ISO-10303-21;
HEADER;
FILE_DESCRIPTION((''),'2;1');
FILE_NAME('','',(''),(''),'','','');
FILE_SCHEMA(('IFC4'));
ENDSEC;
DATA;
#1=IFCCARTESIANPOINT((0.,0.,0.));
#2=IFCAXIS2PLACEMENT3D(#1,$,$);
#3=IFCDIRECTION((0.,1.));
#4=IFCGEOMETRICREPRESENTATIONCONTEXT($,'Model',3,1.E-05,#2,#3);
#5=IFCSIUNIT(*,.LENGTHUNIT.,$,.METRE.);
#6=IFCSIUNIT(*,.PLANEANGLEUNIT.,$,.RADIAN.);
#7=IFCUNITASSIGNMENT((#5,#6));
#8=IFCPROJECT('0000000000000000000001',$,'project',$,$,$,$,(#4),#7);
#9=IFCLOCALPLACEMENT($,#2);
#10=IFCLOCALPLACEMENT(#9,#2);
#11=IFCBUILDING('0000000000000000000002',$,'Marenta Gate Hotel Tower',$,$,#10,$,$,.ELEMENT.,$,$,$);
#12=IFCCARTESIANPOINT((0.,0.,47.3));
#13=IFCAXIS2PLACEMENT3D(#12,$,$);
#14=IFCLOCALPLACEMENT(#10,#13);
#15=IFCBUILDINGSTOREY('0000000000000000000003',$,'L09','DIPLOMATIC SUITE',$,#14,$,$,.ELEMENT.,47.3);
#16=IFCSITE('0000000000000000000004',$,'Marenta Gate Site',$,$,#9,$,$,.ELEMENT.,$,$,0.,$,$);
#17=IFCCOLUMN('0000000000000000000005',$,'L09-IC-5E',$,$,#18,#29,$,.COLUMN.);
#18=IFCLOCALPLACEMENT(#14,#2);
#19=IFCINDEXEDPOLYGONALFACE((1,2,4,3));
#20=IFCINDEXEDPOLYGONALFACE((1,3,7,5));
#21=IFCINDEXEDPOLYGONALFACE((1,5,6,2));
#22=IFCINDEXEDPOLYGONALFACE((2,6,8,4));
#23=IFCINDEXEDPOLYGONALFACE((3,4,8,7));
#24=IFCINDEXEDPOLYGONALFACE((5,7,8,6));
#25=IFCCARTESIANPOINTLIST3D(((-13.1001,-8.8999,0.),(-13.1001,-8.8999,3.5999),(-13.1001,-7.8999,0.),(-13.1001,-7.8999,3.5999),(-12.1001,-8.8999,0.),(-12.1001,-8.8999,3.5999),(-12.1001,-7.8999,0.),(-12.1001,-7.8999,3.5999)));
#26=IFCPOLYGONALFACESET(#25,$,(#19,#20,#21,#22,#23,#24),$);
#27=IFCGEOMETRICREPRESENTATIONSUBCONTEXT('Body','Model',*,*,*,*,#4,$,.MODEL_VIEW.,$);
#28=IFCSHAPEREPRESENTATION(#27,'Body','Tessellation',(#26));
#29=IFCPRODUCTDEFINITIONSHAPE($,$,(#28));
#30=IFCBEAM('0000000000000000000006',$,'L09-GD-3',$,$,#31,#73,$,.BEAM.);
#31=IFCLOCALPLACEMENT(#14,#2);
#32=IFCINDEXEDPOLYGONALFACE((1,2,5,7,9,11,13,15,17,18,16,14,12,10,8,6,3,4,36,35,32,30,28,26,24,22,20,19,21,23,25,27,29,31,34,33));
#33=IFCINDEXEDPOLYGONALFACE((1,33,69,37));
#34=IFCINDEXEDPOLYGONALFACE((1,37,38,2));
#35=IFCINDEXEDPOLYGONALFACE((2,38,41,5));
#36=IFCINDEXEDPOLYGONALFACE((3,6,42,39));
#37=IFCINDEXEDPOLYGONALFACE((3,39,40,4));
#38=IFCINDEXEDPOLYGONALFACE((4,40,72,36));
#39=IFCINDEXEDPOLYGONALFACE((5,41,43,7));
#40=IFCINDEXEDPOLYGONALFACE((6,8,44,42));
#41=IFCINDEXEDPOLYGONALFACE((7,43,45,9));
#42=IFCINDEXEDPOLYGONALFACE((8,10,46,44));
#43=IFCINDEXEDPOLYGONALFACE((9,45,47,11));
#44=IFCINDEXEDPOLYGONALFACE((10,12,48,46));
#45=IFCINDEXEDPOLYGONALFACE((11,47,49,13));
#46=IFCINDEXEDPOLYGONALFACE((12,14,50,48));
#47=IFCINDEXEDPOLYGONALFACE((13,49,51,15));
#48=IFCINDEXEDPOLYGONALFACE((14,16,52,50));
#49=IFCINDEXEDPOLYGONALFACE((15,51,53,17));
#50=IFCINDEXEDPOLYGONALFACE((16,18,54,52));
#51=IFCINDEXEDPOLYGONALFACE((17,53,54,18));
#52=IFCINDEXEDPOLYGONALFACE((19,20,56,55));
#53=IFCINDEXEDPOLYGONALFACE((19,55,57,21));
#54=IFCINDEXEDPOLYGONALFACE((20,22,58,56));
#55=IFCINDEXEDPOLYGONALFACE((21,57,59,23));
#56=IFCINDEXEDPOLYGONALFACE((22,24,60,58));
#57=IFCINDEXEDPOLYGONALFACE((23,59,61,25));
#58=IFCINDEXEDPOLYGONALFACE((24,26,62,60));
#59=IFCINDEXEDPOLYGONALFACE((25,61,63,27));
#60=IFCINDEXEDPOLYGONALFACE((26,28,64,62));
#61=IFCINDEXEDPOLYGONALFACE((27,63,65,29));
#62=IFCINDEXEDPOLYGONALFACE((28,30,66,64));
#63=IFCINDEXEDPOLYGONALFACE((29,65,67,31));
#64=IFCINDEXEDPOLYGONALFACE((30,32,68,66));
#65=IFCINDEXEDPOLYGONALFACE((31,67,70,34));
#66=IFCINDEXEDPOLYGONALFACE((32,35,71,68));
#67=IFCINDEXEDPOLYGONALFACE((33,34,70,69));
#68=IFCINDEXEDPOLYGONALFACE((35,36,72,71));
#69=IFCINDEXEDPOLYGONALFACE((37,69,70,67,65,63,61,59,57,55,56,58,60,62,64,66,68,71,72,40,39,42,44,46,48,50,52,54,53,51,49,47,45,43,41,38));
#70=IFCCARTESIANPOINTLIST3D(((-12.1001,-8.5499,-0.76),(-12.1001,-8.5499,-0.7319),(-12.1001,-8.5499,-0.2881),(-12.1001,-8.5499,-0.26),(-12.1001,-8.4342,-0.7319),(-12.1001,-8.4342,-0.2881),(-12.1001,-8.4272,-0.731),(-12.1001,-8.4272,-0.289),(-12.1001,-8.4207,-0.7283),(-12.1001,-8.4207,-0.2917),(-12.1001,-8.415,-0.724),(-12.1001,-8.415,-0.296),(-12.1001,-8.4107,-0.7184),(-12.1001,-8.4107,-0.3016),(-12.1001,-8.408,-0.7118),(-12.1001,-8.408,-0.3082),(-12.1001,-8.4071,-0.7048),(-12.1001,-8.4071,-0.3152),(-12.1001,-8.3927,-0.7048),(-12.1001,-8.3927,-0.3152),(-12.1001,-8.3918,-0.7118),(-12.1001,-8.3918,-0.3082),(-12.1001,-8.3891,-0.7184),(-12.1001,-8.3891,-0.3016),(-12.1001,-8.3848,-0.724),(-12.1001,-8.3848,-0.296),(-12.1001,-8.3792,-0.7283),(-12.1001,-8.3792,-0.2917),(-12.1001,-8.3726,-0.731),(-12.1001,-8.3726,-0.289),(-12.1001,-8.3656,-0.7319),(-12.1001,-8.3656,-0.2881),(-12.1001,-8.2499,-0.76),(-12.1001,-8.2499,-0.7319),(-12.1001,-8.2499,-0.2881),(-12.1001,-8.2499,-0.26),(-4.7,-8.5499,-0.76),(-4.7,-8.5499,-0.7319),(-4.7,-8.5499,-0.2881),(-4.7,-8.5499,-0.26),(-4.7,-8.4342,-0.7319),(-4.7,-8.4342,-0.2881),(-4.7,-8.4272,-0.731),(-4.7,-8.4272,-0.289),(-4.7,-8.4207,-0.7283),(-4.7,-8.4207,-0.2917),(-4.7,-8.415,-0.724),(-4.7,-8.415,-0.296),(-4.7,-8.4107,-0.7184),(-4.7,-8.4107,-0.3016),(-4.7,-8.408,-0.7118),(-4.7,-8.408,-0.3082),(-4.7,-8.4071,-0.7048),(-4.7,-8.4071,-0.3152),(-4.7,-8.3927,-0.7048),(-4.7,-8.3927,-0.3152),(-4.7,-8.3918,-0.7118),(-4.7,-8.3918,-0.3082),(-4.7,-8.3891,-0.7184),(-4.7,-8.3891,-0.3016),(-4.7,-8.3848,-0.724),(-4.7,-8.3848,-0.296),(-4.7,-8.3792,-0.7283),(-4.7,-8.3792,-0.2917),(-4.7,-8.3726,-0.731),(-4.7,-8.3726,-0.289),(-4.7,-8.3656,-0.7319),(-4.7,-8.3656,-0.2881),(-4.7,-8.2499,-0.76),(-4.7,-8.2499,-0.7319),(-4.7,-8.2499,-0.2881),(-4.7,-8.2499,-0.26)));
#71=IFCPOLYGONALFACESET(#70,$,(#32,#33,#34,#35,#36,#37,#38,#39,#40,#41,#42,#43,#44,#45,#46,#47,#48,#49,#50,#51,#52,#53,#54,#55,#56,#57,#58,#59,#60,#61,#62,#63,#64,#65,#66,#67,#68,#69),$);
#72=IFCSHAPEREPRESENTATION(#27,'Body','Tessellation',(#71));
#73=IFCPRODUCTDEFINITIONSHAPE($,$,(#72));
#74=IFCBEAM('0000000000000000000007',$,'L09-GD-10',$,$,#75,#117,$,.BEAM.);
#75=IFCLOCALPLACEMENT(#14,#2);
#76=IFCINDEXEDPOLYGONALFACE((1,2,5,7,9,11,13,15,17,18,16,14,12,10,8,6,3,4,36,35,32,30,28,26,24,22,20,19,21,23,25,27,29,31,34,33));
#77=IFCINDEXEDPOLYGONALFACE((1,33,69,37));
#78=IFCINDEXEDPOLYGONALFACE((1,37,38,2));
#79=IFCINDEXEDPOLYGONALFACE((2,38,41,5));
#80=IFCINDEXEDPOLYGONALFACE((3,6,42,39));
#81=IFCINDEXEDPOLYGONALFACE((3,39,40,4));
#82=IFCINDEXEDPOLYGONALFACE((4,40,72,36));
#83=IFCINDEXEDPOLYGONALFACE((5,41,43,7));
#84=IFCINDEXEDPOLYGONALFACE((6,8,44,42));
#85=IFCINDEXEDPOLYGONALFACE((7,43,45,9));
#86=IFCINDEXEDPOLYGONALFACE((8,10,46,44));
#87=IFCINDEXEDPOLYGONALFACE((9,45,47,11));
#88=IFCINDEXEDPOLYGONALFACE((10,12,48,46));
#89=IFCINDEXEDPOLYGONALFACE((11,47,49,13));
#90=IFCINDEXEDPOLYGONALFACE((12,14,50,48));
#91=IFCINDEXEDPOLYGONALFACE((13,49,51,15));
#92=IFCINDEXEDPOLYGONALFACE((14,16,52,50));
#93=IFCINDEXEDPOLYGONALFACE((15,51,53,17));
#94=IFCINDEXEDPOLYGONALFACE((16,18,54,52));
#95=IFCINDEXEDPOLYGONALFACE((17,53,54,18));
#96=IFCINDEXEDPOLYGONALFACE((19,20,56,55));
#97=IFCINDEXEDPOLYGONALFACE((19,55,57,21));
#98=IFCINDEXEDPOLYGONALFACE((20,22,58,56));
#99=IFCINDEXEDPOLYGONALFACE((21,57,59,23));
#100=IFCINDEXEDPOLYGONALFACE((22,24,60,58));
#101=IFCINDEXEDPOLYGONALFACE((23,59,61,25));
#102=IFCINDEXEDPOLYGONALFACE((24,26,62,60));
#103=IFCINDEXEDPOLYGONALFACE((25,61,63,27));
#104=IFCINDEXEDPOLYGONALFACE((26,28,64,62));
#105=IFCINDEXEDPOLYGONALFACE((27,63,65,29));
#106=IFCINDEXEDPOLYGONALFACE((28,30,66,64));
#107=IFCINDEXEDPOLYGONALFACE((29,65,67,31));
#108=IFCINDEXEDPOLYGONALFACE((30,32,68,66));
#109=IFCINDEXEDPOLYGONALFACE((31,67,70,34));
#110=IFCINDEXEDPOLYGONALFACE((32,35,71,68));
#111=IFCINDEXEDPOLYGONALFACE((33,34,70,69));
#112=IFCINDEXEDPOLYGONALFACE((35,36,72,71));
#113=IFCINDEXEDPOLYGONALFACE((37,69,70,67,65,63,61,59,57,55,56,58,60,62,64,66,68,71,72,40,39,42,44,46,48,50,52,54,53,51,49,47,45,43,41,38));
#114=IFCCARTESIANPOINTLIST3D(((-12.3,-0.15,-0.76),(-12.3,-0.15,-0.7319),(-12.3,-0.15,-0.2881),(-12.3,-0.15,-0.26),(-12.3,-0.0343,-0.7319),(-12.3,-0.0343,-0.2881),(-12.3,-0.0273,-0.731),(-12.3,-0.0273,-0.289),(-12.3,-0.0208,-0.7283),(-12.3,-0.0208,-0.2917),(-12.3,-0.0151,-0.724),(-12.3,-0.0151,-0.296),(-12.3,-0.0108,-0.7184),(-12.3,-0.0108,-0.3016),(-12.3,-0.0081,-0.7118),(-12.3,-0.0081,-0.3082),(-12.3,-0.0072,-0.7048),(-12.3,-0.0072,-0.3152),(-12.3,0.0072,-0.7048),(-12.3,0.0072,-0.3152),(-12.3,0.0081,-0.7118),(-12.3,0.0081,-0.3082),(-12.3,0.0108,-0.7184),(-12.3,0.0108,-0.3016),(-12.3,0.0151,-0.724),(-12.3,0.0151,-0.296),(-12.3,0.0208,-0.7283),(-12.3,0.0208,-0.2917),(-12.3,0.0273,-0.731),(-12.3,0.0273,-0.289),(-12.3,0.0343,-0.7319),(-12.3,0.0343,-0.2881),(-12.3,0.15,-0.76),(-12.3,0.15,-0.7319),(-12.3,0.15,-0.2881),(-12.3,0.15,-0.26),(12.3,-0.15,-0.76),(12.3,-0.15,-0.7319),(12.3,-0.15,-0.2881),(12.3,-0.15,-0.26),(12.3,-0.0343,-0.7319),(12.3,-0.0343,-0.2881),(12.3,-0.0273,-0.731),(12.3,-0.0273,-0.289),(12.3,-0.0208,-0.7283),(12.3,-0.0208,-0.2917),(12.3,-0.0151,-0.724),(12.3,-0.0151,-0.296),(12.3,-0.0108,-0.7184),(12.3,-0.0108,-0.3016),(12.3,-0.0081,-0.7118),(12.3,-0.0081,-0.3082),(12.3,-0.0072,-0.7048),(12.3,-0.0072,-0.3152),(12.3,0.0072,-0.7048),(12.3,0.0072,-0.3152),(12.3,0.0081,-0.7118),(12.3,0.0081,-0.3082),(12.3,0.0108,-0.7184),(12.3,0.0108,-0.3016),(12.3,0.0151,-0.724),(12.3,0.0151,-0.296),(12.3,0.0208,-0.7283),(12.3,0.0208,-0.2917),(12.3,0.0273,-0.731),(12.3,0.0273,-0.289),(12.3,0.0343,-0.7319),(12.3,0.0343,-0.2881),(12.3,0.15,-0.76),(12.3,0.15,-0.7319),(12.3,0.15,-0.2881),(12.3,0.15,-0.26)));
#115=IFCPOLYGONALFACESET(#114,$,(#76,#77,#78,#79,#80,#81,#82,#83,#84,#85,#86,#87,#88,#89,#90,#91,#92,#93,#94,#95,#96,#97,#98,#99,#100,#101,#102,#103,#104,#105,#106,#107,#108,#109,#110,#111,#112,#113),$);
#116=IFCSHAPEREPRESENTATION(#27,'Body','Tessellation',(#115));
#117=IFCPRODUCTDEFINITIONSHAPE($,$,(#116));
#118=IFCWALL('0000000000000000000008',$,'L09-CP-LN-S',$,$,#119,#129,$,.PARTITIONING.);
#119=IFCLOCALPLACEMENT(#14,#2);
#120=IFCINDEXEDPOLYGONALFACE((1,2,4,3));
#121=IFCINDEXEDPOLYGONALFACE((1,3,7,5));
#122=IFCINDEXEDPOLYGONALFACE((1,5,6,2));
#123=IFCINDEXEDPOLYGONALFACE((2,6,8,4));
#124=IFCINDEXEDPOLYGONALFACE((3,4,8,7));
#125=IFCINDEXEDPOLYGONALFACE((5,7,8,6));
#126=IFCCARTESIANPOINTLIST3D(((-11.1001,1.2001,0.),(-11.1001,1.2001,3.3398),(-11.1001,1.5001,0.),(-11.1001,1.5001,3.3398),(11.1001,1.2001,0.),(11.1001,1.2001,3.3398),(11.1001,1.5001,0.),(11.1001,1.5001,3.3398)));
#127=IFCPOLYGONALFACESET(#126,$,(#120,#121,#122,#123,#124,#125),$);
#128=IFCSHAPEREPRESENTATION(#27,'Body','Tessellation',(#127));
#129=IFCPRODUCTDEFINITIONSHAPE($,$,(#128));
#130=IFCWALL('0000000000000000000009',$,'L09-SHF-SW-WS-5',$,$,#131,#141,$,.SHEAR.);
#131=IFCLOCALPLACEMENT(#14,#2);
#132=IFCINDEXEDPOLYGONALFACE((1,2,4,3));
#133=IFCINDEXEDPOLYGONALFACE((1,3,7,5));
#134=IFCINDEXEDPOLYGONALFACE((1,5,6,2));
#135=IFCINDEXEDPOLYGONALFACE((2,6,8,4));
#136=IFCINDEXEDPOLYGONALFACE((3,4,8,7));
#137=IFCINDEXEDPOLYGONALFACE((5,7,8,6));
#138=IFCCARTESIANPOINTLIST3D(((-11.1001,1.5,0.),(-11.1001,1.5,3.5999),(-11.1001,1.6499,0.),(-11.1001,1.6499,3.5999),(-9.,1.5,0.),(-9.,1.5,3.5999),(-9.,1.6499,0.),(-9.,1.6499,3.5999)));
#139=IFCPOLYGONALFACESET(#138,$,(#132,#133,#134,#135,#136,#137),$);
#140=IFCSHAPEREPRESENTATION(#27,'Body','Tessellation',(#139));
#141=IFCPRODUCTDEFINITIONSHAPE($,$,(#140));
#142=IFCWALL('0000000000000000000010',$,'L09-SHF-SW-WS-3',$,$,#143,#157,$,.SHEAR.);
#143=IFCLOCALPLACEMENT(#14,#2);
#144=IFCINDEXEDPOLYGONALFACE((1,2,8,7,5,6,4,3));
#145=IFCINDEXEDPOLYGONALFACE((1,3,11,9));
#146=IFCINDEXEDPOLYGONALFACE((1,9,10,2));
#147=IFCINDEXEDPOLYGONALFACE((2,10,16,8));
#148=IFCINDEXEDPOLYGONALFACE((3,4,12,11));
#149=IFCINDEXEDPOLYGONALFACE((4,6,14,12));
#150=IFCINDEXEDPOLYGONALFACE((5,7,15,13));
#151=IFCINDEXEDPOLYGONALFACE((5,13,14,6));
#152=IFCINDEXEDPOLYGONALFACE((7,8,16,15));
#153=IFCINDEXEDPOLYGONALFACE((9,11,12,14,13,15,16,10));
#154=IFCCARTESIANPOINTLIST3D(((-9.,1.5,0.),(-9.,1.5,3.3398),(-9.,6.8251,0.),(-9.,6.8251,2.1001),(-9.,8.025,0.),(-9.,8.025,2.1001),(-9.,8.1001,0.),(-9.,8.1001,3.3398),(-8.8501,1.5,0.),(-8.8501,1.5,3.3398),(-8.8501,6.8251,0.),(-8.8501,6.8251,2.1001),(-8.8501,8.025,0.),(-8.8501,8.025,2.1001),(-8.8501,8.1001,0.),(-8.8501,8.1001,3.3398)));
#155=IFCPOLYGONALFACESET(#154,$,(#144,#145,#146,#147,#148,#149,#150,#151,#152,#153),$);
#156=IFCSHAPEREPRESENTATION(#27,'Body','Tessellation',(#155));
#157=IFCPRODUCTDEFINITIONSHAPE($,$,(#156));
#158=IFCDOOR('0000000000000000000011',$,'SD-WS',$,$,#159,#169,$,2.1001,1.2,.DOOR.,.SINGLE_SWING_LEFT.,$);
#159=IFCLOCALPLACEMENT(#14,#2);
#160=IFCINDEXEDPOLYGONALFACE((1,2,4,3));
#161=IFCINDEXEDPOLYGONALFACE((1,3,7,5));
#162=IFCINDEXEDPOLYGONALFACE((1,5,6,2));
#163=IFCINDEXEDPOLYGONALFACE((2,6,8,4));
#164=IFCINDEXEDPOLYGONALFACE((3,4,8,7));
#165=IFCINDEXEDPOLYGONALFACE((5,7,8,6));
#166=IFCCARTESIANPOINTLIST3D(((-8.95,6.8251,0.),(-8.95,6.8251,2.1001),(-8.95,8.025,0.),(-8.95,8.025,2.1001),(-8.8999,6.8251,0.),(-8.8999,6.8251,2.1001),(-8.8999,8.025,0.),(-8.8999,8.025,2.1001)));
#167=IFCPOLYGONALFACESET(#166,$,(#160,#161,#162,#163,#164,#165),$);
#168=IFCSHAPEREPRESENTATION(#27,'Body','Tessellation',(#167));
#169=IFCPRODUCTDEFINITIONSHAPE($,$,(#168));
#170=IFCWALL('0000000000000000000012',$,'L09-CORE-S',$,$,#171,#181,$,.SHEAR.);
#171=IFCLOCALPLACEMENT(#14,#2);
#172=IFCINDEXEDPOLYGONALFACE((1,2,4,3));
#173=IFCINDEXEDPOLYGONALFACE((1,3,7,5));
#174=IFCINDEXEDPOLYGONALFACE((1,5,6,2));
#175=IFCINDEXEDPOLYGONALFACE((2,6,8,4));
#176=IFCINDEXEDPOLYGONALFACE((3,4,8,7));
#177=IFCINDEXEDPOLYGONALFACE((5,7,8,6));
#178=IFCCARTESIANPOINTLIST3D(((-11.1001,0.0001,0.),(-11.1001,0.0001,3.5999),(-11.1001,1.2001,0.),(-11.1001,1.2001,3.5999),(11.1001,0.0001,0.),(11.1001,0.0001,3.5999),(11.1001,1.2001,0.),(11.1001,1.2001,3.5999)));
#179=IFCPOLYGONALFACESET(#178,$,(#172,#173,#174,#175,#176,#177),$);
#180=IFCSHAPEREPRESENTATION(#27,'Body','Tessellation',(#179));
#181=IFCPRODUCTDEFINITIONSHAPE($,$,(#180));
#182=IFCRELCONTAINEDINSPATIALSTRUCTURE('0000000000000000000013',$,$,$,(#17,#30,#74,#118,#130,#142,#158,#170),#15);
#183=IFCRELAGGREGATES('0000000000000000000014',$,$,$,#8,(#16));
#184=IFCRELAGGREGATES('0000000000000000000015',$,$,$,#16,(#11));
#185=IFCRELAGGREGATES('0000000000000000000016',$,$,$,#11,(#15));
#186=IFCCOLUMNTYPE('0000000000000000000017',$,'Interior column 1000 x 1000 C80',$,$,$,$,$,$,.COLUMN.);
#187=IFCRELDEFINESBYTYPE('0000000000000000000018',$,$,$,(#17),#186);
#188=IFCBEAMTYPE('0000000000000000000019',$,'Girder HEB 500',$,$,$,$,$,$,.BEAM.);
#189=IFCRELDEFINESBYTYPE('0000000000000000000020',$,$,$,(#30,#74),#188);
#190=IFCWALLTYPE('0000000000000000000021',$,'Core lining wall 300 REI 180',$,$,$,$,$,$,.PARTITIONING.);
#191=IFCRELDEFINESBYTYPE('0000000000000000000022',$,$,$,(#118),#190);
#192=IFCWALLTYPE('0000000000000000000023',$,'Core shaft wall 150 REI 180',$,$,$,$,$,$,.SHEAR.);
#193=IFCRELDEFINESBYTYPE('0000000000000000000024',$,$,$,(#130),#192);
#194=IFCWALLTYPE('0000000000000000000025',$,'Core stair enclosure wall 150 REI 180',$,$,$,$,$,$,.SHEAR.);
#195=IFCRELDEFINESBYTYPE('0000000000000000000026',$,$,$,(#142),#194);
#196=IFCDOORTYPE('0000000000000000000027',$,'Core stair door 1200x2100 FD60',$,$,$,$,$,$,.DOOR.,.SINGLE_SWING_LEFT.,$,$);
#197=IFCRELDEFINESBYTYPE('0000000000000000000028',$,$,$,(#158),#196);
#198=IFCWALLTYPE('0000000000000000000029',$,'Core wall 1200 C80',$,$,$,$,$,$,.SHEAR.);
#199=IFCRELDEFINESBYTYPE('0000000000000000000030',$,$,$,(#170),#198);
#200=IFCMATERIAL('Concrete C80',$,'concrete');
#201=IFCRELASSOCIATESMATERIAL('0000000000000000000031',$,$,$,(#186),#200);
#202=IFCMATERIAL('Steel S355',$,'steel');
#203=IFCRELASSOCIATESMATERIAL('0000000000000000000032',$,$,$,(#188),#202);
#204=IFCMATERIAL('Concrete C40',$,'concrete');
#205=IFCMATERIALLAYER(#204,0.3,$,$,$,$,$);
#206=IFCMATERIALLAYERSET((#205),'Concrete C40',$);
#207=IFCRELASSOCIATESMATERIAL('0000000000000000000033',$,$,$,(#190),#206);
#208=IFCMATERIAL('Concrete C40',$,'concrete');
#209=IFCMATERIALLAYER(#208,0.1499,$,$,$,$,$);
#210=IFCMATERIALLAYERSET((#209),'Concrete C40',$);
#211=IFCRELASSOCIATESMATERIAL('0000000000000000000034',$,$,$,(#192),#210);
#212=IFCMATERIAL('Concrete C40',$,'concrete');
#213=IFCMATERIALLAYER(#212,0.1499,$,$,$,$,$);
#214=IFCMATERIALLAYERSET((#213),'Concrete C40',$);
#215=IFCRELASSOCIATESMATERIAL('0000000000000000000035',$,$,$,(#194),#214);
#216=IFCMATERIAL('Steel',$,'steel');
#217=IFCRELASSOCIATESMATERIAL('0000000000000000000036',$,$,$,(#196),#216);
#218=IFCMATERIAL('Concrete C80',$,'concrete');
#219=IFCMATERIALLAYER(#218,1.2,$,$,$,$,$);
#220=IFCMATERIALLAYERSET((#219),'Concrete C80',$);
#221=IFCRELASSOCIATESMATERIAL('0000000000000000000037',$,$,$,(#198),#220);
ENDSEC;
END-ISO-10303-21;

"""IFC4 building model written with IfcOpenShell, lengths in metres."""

from ifc_helpers import new_model, si_unit, direction, frame, frame_2d, origin, origin_2d, place, context, subcontext, project, spatial, rectangle, i_section, extrude, material, layer, layer_set, material_profile, profile_set, type_object, element, fill, save


model = new_model("IFC4")

# Units and contexts
model_context = context("Model", 3, precision=1e-05, world=origin(), true_north=direction((0.0, 1.0)))
body_context = subcontext(model_context, "Body", "Model", "MODEL_VIEW")
ifc_project = project(units=[si_unit("LENGTHUNIT", "METRE"), si_unit("PLANEANGLEUNIT", "RADIAN")], contexts=[model_context])

# Site, building, storey
site_placement = place(None, origin())
site = spatial("IfcSite", under=ifc_project, at=site_placement, Name="Marenta Gate Site", CompositionType="ELEMENT", RefElevation=0.0)
building_placement = place(site_placement, origin())
building = spatial("IfcBuilding", under=site, at=building_placement, Name="Marenta Gate Hotel Tower", CompositionType="ELEMENT")
storey_placement = place(building_placement, frame((0.0, 0.0, 47.3)))
storey = spatial("IfcBuildingStorey", under=building, at=storey_placement, Name="L09", Description="DIPLOMATIC SUITE", CompositionType="ELEMENT", Elevation=47.3)

# Column
ifc_material_1 = material(Name="Concrete C80", Category="concrete")
ifc_material_profile_1 = material_profile(ifc_material_1, rectangle(XDim=1.0, YDim=1.0, at=origin_2d()), Name="1000 x 1000")
ifc_profile_set_1 = profile_set([ifc_material_profile_1], Name="Concrete C80")
column_type = type_object("IfcColumnType", Name="Interior column 1000 x 1000 C80", PredefinedType="COLUMN", material=ifc_profile_set_1)
column_placement = place(storey_placement, frame((-12.6001, -8.3999, 0.0), z_axis=(0.0, 0.0, 1.0), x_axis=(1.0, 0.0, 0.0)))
element("IfcColumn", 1, at=column_placement, inside=storey, type_object=column_type, Name="L09-IC-5E", PredefinedType="COLUMN", context=body_context, shape_type="SweptSolid", body=[
    extrude(rectangle(XDim=1.0, YDim=1.0, at=origin_2d()), origin(), (0.0, 0.0, 1.0), 3.5999),
])

# Beams
ifc_material_2 = material(Name="Steel S355", Category="steel")
ifc_material_profile_2 = material_profile(ifc_material_2, i_section(OverallWidth=0.3, OverallDepth=0.5, WebThickness=0.0144, FlangeThickness=0.0281, FilletRadius=0.0271, at=origin_2d()), Name="HEB 500")
ifc_profile_set_2 = profile_set([ifc_material_profile_2], Name="Steel S355")
beam_type = type_object("IfcBeamType", Name="Girder HEB 500", PredefinedType="BEAM", material=ifc_profile_set_2)
beam_1_placement = place(storey_placement, frame((-12.1001, -8.3999, -0.51), z_axis=(1.0, 0.0, 0.0), x_axis=(0.0, 1.0, 0.0)))
element("IfcBeam", 2, at=beam_1_placement, inside=storey, type_object=beam_type, Name="L09-GD-3", PredefinedType="BEAM", context=body_context, shape_type="SweptSolid", body=[
    extrude(i_section(OverallWidth=0.3, OverallDepth=0.5, WebThickness=0.0144, FlangeThickness=0.0281, FilletRadius=0.0271, at=origin_2d()), origin(), (0.0, 0.0, 1.0), 7.4001),
])
beam_2_placement = place(storey_placement, frame((-12.3, 0.0, -0.51), z_axis=(1.0, 0.0, 0.0), x_axis=(0.0, 1.0, 0.0)))
element("IfcBeam", 3, at=beam_2_placement, inside=storey, type_object=beam_type, Name="L09-GD-10", PredefinedType="BEAM", context=body_context, shape_type="SweptSolid", body=[
    extrude(i_section(OverallWidth=0.3, OverallDepth=0.5, WebThickness=0.0144, FlangeThickness=0.0281, FilletRadius=0.0271, at=origin_2d()), origin(), (0.0, 0.0, 1.0), 24.6001),
])

# Walls
ifc_material_3 = material(Name="Concrete C40", Category="concrete")
ifc_layer_1 = layer(ifc_material_3, 0.3)
ifc_layer_set_1 = layer_set([ifc_layer_1], Name="Concrete C40")
wall_type_1 = type_object("IfcWallType", Name="Core lining wall 300 REI 180", PredefinedType="PARTITIONING", material=ifc_layer_set_1)
wall_1_placement = place(storey_placement, frame((-11.1001, 1.3501, 0.0), z_axis=(0.0, 0.0, 1.0), x_axis=(1.0, 0.0, 0.0)))
element("IfcWall", 4, at=wall_1_placement, inside=storey, type_object=wall_type_1, Name="L09-CP-LN-S", PredefinedType="PARTITIONING", context=body_context, shape_type="SweptSolid", body=[
    extrude(rectangle(XDim=22.2002, YDim=0.3, at=frame_2d((11.1001, 0.0))), origin(), (0.0, 0.0, 1.0), 3.3398),
])
ifc_material_4 = material(Name="Concrete C40", Category="concrete")
ifc_layer_2 = layer(ifc_material_4, 0.1499)
ifc_layer_set_2 = layer_set([ifc_layer_2], Name="Concrete C40")
wall_type_2 = type_object("IfcWallType", Name="Core shaft wall 150 REI 180", PredefinedType="SHEAR", material=ifc_layer_set_2)
wall_2_placement = place(storey_placement, frame((-11.1001, 1.575, 0.0), z_axis=(0.0, 0.0, 1.0), x_axis=(1.0, 0.0, 0.0)))
element("IfcWall", 5, at=wall_2_placement, inside=storey, type_object=wall_type_2, Name="L09-SHF-SW-WS-5", PredefinedType="SHEAR", context=body_context, shape_type="SweptSolid", body=[
    extrude(rectangle(XDim=2.1001, YDim=0.1499, at=frame_2d((1.05, 0.0))), origin(), (0.0, 0.0, 1.0), 3.5999),
])

# Wall, opening, door
ifc_material_5 = material(Name="Concrete C40", Category="concrete")
ifc_layer_3 = layer(ifc_material_5, 0.1499)
ifc_layer_set_3 = layer_set([ifc_layer_3], Name="Concrete C40")
wall_type_3 = type_object("IfcWallType", Name="Core stair enclosure wall 150 REI 180", PredefinedType="SHEAR", material=ifc_layer_set_3)
wall_3_placement = place(storey_placement, frame((-8.925, 1.5, 0.0), z_axis=(0.0, 0.0, 1.0), x_axis=(0.0, 1.0, 0.0)))
wall_3 = element("IfcWall", 6, at=wall_3_placement, inside=storey, type_object=wall_type_3, Name="L09-SHF-SW-WS-3", PredefinedType="SHEAR", context=body_context, shape_type="SweptSolid", body=[
    extrude(rectangle(XDim=6.6001, YDim=0.1499, at=frame_2d((3.3, 0.0))), origin(), (0.0, 0.0, 1.0), 3.3398),
])
opening_1_placement = place(wall_3_placement, frame((5.325, 0.0, 0.0)))
opening_1 = element("IfcOpeningElement", 7, at=opening_1_placement, cuts=wall_3, PredefinedType="OPENING", context=body_context, shape_type="SweptSolid", body=[
    extrude(rectangle(XDim=1.2, YDim=2.1001, at=frame_2d((0.6001, 1.05))), frame((0.0, 0.075, 0.0), z_axis=(0.0, -1.0, 0.0), x_axis=(1.0, 0.0, 0.0)), (0.0, 0.0, 1.0), 0.1499),
])
ifc_material_6 = material(Name="Steel", Category="steel")
door_type_1 = type_object("IfcDoorType", Name="Core stair door 1200x2100 FD60", OperationType="SINGLE_SWING_LEFT", PredefinedType="DOOR", material=ifc_material_6)
door_1_placement = place(opening_1_placement, origin())
door_1 = element("IfcDoor", 8, at=door_1_placement, inside=storey, type_object=door_type_1, Name="SD-WS", OperationType="SINGLE_SWING_LEFT", OverallHeight=2.1001, OverallWidth=1.2, PredefinedType="DOOR", context=body_context, shape_type="SweptSolid", body=[
    extrude(rectangle(XDim=1.2, YDim=2.1001, at=frame_2d((0.6001, 1.05))), frame((0.0, 0.0249, 0.0), z_axis=(0.0, -1.0, 0.0), x_axis=(1.0, 0.0, 0.0)), (0.0, 0.0, 1.0), 0.05),
])
fill(opening_1, door_1)

# Shared definitions
ifc_material_7 = material(Name="Concrete C80", Category="concrete")
ifc_layer_4 = layer(ifc_material_7, 1.2)
ifc_layer_set_4 = layer_set([ifc_layer_4], Name="Concrete C80")
wall_type_4 = type_object("IfcWallType", Name="Core wall 1200 C80", PredefinedType="SHEAR", material=ifc_layer_set_4)

# Wall
wall_4_placement = place(storey_placement, frame((-11.1001, 0.6001, 0.0), z_axis=(0.0, 0.0, 1.0), x_axis=(1.0, 0.0, 0.0)))
element("IfcWall", 9, at=wall_4_placement, inside=storey, type_object=wall_type_4, Name="L09-CORE-S", PredefinedType="SHEAR", context=body_context, shape_type="SweptSolid", body=[
    extrude(rectangle(XDim=22.2002, YDim=1.2, at=frame_2d((11.1001, 0.0))), origin(), (0.0, 0.0, 1.0), 3.5999),
])

save(model, "model.ifc")
